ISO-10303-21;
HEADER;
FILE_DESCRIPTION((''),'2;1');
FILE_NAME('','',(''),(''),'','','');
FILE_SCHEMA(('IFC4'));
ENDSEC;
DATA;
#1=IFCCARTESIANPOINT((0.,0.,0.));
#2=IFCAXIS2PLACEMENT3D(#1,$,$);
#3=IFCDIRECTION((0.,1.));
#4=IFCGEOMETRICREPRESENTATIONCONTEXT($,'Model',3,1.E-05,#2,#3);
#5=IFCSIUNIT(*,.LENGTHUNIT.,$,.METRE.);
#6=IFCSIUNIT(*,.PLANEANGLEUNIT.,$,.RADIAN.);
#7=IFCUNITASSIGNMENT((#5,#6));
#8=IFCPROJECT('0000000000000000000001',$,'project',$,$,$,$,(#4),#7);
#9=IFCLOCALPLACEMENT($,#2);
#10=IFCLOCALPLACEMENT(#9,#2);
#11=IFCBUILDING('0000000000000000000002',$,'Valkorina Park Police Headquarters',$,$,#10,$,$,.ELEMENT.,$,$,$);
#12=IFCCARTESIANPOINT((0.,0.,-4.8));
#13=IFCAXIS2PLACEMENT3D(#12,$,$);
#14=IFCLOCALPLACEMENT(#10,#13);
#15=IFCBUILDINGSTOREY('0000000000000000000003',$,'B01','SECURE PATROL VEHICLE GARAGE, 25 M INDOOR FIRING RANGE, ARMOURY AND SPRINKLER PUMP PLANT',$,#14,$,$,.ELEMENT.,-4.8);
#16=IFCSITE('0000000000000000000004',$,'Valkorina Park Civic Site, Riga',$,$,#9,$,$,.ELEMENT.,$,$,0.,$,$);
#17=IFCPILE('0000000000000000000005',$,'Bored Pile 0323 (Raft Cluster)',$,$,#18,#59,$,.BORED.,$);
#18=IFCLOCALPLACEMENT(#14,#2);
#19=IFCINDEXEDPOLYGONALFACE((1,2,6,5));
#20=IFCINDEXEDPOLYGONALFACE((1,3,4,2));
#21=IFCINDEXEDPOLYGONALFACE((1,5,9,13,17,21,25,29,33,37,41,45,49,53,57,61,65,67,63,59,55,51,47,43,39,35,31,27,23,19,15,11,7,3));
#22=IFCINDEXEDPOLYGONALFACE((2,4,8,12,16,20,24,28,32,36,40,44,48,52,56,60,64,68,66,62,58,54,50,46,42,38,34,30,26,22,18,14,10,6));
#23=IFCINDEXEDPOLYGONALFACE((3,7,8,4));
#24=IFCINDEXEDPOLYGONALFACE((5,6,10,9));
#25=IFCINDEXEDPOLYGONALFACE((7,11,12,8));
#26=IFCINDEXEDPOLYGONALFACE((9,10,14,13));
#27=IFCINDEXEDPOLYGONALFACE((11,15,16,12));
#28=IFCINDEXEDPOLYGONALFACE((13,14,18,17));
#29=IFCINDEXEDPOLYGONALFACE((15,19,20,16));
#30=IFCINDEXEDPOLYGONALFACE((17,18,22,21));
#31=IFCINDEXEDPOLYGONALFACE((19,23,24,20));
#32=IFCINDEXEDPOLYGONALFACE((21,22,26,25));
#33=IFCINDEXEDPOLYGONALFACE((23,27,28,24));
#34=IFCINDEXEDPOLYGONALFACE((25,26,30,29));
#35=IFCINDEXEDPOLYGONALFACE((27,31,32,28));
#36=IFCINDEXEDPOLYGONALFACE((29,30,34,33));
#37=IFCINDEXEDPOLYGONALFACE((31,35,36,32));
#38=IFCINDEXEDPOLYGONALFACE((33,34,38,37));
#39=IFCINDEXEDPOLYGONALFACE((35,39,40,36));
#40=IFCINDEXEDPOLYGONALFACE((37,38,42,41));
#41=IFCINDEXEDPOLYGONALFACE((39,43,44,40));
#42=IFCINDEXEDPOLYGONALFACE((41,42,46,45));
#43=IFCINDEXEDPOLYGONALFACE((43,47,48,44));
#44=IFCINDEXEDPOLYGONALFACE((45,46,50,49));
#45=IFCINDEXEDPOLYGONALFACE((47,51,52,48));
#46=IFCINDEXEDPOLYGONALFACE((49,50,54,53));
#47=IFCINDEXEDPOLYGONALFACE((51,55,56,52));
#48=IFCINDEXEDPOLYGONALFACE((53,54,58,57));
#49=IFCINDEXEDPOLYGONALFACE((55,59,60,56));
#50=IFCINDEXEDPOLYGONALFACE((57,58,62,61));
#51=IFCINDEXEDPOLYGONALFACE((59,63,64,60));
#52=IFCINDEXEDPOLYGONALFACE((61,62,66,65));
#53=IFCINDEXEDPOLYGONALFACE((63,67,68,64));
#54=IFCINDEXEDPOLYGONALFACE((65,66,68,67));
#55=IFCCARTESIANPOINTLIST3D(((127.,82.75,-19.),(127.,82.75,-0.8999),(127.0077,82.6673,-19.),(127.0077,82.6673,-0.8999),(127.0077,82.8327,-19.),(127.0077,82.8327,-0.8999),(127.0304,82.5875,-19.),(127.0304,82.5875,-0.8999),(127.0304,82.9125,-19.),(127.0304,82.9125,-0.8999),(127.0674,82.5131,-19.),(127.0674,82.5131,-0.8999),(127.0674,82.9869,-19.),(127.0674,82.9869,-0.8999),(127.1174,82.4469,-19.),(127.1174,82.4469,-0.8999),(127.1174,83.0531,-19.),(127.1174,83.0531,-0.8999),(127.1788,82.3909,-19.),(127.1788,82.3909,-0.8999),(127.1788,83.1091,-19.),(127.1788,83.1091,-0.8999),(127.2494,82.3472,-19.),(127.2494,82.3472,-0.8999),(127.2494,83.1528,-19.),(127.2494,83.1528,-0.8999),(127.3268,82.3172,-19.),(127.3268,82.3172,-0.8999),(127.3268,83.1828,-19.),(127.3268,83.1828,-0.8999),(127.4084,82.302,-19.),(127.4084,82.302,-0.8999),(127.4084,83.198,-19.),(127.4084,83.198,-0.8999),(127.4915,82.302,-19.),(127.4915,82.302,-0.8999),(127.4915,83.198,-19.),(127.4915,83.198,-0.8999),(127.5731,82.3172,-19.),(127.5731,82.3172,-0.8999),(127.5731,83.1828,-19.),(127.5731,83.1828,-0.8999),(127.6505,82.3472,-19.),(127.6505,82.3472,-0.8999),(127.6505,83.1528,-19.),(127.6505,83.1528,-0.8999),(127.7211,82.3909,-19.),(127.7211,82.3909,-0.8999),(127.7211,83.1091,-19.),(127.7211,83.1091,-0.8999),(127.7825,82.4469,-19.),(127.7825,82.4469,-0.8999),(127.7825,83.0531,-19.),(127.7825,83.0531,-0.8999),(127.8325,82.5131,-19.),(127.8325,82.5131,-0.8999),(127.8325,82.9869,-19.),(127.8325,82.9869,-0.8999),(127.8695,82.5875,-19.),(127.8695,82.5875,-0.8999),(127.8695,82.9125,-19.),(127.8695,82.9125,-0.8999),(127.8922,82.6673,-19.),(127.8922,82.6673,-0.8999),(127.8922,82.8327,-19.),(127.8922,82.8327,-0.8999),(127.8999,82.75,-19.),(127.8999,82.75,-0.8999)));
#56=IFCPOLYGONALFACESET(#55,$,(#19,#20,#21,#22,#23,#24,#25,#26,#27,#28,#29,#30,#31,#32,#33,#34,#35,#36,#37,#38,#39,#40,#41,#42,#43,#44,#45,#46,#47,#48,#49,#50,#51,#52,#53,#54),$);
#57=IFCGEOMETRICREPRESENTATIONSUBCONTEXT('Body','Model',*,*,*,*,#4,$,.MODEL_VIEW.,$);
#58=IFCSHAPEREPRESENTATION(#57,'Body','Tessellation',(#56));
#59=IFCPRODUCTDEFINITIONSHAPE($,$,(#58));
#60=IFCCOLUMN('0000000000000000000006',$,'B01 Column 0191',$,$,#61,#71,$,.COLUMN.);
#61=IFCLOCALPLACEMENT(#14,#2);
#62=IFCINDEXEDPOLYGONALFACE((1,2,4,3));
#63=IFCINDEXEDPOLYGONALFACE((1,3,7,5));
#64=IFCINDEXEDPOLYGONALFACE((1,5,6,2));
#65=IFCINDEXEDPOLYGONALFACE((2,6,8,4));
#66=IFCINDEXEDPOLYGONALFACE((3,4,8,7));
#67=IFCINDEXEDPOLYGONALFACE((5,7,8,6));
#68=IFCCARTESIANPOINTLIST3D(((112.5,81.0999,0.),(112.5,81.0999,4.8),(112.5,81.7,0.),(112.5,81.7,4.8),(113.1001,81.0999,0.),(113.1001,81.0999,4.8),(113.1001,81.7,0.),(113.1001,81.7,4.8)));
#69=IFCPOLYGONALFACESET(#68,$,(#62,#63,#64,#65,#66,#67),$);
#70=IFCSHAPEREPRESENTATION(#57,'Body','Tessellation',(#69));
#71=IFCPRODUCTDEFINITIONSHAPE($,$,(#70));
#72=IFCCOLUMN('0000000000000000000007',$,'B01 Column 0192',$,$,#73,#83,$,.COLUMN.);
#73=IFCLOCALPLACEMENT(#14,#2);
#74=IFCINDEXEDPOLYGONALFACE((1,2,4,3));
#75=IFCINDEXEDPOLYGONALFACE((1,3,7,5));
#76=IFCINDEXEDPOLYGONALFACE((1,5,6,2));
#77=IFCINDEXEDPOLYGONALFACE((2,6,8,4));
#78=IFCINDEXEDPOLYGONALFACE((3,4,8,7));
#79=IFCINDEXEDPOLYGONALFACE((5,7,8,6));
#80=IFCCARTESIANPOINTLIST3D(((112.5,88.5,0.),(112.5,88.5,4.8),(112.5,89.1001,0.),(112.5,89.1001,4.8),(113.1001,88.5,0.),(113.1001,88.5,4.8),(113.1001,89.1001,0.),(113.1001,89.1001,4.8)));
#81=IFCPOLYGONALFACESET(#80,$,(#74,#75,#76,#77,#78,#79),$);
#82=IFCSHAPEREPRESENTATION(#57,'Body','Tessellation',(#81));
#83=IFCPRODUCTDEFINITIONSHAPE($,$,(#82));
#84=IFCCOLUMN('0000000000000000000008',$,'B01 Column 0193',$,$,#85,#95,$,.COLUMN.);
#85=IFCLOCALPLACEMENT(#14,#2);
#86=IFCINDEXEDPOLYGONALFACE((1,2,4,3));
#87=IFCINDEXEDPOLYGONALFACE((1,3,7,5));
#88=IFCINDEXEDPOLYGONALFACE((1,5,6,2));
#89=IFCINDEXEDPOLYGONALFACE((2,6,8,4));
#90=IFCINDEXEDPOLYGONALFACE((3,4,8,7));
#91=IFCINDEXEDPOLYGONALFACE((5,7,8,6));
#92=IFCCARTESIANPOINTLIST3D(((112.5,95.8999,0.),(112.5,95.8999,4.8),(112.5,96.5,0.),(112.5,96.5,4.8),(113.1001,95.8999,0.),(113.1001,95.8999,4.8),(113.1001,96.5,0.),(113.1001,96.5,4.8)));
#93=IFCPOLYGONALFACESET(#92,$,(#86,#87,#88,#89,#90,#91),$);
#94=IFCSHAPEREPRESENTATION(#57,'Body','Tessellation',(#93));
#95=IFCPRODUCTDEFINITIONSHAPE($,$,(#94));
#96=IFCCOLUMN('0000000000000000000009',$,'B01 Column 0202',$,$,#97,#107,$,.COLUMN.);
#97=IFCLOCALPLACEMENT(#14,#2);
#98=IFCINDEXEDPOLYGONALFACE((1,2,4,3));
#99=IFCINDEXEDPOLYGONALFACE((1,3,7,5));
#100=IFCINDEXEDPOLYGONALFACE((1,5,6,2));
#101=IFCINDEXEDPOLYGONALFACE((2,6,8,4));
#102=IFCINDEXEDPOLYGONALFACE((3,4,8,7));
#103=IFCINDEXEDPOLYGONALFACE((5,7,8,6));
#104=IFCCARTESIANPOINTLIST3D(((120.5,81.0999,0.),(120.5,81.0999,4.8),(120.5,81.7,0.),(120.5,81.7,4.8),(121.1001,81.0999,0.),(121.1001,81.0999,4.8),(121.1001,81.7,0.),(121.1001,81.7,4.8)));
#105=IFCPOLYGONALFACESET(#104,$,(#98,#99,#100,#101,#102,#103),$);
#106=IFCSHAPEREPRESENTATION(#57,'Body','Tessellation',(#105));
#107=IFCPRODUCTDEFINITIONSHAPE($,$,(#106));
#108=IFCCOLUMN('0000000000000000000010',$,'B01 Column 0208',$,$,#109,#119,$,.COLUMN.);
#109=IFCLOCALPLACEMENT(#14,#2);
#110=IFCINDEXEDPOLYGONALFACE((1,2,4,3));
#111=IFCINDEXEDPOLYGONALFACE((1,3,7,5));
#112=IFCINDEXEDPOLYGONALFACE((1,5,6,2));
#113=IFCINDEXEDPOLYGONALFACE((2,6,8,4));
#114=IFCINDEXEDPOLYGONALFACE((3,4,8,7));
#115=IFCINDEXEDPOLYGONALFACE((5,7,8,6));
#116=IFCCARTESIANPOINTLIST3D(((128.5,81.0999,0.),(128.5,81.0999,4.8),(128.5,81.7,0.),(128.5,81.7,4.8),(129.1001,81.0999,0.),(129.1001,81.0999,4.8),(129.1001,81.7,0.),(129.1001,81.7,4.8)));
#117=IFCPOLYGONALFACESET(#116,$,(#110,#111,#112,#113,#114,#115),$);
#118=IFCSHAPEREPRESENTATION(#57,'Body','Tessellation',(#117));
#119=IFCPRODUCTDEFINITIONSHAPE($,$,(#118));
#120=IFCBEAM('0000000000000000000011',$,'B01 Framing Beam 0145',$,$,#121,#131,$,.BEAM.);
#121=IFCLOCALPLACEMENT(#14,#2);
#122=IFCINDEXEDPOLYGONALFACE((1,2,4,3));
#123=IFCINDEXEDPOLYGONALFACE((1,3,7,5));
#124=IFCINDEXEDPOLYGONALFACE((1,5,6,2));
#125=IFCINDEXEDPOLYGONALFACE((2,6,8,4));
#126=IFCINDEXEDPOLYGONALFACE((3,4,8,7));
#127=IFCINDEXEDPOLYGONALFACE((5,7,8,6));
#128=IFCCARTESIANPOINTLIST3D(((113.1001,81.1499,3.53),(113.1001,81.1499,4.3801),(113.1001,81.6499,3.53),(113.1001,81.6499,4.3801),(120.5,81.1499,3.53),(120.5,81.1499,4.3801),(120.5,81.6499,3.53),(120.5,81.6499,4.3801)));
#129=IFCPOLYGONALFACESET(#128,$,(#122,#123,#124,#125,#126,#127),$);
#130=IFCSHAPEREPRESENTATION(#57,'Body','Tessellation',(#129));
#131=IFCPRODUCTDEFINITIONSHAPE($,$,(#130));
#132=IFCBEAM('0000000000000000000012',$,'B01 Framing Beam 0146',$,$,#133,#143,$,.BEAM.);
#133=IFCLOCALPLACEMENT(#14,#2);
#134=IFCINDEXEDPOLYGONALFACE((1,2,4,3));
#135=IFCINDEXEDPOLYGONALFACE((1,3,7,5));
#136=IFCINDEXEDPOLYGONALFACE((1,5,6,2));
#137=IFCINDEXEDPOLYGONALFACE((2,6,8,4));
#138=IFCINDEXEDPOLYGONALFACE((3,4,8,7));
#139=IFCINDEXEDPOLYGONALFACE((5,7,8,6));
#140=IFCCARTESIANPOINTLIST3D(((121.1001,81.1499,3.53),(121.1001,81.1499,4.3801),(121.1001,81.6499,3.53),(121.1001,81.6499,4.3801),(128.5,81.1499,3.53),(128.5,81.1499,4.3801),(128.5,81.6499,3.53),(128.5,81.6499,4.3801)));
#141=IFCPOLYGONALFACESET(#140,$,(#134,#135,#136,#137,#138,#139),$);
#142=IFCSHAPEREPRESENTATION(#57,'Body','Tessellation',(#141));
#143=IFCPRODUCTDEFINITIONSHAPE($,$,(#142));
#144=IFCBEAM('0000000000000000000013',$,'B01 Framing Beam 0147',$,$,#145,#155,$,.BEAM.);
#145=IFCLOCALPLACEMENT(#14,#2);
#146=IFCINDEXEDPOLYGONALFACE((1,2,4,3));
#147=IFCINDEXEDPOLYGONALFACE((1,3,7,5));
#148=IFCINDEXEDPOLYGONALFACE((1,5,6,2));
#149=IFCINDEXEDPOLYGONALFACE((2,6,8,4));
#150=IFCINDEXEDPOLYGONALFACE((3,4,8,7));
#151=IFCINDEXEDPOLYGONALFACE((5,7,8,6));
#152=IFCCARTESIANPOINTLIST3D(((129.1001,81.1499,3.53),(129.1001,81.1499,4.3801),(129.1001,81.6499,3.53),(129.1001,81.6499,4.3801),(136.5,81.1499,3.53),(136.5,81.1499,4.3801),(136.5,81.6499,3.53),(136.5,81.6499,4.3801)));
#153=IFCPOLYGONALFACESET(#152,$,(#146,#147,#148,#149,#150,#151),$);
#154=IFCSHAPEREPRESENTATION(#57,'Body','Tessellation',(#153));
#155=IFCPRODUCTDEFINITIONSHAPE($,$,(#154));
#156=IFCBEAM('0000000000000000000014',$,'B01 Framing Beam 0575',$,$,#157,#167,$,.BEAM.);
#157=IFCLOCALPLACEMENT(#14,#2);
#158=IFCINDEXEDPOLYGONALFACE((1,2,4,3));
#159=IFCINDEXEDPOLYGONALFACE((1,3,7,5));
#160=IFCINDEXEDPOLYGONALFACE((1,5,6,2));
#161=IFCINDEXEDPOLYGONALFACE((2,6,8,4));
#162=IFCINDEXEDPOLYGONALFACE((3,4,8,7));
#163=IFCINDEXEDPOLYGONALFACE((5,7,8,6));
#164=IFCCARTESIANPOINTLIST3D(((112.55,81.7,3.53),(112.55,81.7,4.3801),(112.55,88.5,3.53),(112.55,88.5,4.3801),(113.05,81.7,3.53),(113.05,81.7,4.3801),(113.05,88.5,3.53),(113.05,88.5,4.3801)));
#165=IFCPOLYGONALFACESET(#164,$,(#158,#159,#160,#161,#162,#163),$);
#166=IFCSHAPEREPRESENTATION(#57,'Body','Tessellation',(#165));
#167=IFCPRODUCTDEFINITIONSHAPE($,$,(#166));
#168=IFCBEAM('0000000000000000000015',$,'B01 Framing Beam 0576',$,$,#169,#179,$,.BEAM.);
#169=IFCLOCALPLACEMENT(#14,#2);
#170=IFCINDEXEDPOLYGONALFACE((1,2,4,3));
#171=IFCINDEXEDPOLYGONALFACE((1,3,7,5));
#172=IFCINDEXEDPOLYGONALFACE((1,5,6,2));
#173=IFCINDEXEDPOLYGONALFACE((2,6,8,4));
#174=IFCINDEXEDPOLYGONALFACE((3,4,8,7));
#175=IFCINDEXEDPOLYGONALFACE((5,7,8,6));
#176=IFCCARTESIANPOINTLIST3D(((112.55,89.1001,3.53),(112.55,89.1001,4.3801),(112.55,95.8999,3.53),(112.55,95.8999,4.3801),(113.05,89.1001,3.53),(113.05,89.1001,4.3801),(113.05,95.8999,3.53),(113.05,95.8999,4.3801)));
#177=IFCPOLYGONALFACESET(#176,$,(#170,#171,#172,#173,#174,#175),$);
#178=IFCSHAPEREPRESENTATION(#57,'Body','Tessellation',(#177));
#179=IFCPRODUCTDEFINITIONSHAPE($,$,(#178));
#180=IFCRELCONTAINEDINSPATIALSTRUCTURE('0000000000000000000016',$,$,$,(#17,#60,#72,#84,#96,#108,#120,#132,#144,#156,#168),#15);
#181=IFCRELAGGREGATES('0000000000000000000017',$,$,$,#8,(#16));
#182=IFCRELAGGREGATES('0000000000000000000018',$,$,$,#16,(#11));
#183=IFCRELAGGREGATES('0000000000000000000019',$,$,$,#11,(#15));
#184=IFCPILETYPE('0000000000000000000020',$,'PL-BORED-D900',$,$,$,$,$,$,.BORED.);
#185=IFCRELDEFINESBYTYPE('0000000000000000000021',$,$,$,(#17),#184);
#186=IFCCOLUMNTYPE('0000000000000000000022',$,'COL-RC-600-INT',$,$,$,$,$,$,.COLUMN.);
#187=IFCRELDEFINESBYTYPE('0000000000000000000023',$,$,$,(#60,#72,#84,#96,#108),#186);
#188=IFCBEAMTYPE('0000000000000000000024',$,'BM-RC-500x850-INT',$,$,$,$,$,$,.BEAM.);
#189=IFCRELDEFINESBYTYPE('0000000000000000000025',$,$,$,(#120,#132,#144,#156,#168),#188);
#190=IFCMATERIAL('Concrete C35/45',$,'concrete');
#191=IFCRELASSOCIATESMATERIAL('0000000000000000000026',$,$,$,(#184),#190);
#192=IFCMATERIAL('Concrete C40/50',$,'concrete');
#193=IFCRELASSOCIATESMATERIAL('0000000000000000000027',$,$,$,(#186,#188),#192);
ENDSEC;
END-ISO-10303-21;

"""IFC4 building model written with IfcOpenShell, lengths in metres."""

from ifc_helpers import new_model, si_unit, direction, frame, origin, origin_2d, place, context, subcontext, project, spatial, rectangle, circle, extrude, material, material_profile, profile_set, type_object, element, save


model = new_model("IFC4")

# Units and contexts
model_context = context("Model", 3, precision=1e-05, world=origin(), true_north=direction((0.0, 1.0)))
body_context = subcontext(model_context, "Body", "Model", "MODEL_VIEW")
ifc_project = project(units=[si_unit("LENGTHUNIT", "METRE"), si_unit("PLANEANGLEUNIT", "RADIAN")], contexts=[model_context])

# Site, building, storey
site_placement = place(None, origin())
site = spatial("IfcSite", under=ifc_project, at=site_placement, Name="Valkorina Park Civic Site, Riga", CompositionType="ELEMENT", RefElevation=0.0)
building_placement = place(site_placement, origin())
building = spatial("IfcBuilding", under=site, at=building_placement, Name="Valkorina Park Police Headquarters", CompositionType="ELEMENT")
storey_placement = place(building_placement, frame((0.0, 0.0, -4.8)))
storey = spatial("IfcBuildingStorey", under=building, at=storey_placement, Name="B01", Description="SECURE PATROL VEHICLE GARAGE, 25 M INDOOR FIRING RANGE, ARMOURY AND SPRINKLER PUMP PLANT", CompositionType="ELEMENT", Elevation=-4.8)

# Pile
ifc_material_1 = material(Name="Concrete C35/45", Category="concrete")
ifc_material_profile_1 = material_profile(ifc_material_1, circle(Radius=0.45, at=origin_2d()), Name="BORED PILE D900")
ifc_profile_set_1 = profile_set([ifc_material_profile_1], Name="Concrete C35/45")
pile_type_1 = type_object("IfcPileType", Name="PL-BORED-D900", PredefinedType="BORED", material=ifc_profile_set_1)
for number, where, z_axis, x_axis, name in (
    (1, (127.45, 82.75, -0.8999), (0.0, 0.0, -1.0), (1.0, 0.0, 0.0), "Bored Pile 0323 (Raft Cluster)"),
):
    element("IfcPile", number, at=place(storey_placement, frame(where, z_axis=z_axis, x_axis=x_axis)), inside=storey, type_object=pile_type_1, Name=name, PredefinedType="BORED", context=body_context, shape_type="SweptSolid", body=[
        extrude(circle(Radius=0.45, at=origin_2d()), origin(), (0.0, 0.0, 1.0), 18.1001),
    ])

# Columns
ifc_material_2 = material(Name="Concrete C40/50", Category="concrete")
ifc_material_profile_2 = material_profile(ifc_material_2, rectangle(XDim=0.6001, YDim=0.6001, at=origin_2d()), Name="RC COL 600x600")
ifc_profile_set_2 = profile_set([ifc_material_profile_2], Name="Concrete C40/50")
column_type = type_object("IfcColumnType", Name="COL-RC-600-INT", PredefinedType="COLUMN", material=ifc_profile_set_2)
for number, where, z_axis, x_axis, name in (
    (2, (112.8, 81.3999, 0.0), (0.0, 0.0, 1.0), (1.0, 0.0, 0.0), "B01 Column 0191"),
    (3, (112.8, 88.8, 0.0), (0.0, 0.0, 1.0), (1.0, 0.0, 0.0), "B01 Column 0192"),
    (4, (112.8, 96.2, 0.0), (0.0, 0.0, 1.0), (1.0, 0.0, 0.0), "B01 Column 0193"),
    (5, (120.8, 81.3999, 0.0), (0.0, 0.0, 1.0), (1.0, 0.0, 0.0), "B01 Column 0202"),
    (6, (128.8, 81.3999, 0.0), (0.0, 0.0, 1.0), (1.0, 0.0, 0.0), "B01 Column 0208"),
):
    element("IfcColumn", number, at=place(storey_placement, frame(where, z_axis=z_axis, x_axis=x_axis)), inside=storey, type_object=column_type, Name=name, PredefinedType="COLUMN", context=body_context, shape_type="SweptSolid", body=[
        extrude(rectangle(XDim=0.6001, YDim=0.6001, at=origin_2d()), origin(), (0.0, 0.0, 1.0), 4.8),
    ])

# Beams
ifc_material_profile_3 = material_profile(ifc_material_2, rectangle(XDim=0.5, YDim=0.8501, at=origin_2d()), Name="RC BEAM 500x850")
ifc_profile_set_3 = profile_set([ifc_material_profile_3], Name="Concrete C40/50")
beam_type_1 = type_object("IfcBeamType", Name="BM-RC-500x850-INT", PredefinedType="BEAM", material=ifc_profile_set_3)
for number, where, z_axis, x_axis, name in (
    (7, (113.1001, 81.3999, 3.9551), (1.0, 0.0, 0.0), (0.0, 1.0, 0.0), "B01 Framing Beam 0145"),
    (8, (121.1001, 81.3999, 3.9551), (1.0, 0.0, 0.0), (0.0, 1.0, 0.0), "B01 Framing Beam 0146"),
    (9, (129.1001, 81.3999, 3.9551), (1.0, 0.0, 0.0), (0.0, 1.0, 0.0), "B01 Framing Beam 0147"),
):
    element("IfcBeam", number, at=place(storey_placement, frame(where, z_axis=z_axis, x_axis=x_axis)), inside=storey, type_object=beam_type_1, Name=name, PredefinedType="BEAM", context=body_context, shape_type="SweptSolid", body=[
        extrude(rectangle(XDim=0.5, YDim=0.8501, at=origin_2d()), origin(), (0.0, 0.0, 1.0), 7.3999),
    ])
beam_1_placement = place(storey_placement, frame((112.8, 81.7, 3.9551), z_axis=(0.0, 1.0, 0.0), x_axis=(-1.0, 0.0, 0.0)))
element("IfcBeam", 10, at=beam_1_placement, inside=storey, type_object=beam_type_1, Name="B01 Framing Beam 0575", PredefinedType="BEAM", context=body_context, shape_type="SweptSolid", body=[
    extrude(rectangle(XDim=0.5, YDim=0.8501, at=origin_2d()), origin(), (0.0, 0.0, 1.0), 6.8),
])
beam_2_placement = place(storey_placement, frame((112.8, 89.1001, 3.9551), z_axis=(0.0, 1.0, 0.0), x_axis=(-1.0, 0.0, 0.0)))
element("IfcBeam", 11, at=beam_2_placement, inside=storey, type_object=beam_type_1, Name="B01 Framing Beam 0576", PredefinedType="BEAM", context=body_context, shape_type="SweptSolid", body=[
    extrude(rectangle(XDim=0.5, YDim=0.8501, at=origin_2d()), origin(), (0.0, 0.0, 1.0), 6.7998),
])

save(model, "model.ifc")
